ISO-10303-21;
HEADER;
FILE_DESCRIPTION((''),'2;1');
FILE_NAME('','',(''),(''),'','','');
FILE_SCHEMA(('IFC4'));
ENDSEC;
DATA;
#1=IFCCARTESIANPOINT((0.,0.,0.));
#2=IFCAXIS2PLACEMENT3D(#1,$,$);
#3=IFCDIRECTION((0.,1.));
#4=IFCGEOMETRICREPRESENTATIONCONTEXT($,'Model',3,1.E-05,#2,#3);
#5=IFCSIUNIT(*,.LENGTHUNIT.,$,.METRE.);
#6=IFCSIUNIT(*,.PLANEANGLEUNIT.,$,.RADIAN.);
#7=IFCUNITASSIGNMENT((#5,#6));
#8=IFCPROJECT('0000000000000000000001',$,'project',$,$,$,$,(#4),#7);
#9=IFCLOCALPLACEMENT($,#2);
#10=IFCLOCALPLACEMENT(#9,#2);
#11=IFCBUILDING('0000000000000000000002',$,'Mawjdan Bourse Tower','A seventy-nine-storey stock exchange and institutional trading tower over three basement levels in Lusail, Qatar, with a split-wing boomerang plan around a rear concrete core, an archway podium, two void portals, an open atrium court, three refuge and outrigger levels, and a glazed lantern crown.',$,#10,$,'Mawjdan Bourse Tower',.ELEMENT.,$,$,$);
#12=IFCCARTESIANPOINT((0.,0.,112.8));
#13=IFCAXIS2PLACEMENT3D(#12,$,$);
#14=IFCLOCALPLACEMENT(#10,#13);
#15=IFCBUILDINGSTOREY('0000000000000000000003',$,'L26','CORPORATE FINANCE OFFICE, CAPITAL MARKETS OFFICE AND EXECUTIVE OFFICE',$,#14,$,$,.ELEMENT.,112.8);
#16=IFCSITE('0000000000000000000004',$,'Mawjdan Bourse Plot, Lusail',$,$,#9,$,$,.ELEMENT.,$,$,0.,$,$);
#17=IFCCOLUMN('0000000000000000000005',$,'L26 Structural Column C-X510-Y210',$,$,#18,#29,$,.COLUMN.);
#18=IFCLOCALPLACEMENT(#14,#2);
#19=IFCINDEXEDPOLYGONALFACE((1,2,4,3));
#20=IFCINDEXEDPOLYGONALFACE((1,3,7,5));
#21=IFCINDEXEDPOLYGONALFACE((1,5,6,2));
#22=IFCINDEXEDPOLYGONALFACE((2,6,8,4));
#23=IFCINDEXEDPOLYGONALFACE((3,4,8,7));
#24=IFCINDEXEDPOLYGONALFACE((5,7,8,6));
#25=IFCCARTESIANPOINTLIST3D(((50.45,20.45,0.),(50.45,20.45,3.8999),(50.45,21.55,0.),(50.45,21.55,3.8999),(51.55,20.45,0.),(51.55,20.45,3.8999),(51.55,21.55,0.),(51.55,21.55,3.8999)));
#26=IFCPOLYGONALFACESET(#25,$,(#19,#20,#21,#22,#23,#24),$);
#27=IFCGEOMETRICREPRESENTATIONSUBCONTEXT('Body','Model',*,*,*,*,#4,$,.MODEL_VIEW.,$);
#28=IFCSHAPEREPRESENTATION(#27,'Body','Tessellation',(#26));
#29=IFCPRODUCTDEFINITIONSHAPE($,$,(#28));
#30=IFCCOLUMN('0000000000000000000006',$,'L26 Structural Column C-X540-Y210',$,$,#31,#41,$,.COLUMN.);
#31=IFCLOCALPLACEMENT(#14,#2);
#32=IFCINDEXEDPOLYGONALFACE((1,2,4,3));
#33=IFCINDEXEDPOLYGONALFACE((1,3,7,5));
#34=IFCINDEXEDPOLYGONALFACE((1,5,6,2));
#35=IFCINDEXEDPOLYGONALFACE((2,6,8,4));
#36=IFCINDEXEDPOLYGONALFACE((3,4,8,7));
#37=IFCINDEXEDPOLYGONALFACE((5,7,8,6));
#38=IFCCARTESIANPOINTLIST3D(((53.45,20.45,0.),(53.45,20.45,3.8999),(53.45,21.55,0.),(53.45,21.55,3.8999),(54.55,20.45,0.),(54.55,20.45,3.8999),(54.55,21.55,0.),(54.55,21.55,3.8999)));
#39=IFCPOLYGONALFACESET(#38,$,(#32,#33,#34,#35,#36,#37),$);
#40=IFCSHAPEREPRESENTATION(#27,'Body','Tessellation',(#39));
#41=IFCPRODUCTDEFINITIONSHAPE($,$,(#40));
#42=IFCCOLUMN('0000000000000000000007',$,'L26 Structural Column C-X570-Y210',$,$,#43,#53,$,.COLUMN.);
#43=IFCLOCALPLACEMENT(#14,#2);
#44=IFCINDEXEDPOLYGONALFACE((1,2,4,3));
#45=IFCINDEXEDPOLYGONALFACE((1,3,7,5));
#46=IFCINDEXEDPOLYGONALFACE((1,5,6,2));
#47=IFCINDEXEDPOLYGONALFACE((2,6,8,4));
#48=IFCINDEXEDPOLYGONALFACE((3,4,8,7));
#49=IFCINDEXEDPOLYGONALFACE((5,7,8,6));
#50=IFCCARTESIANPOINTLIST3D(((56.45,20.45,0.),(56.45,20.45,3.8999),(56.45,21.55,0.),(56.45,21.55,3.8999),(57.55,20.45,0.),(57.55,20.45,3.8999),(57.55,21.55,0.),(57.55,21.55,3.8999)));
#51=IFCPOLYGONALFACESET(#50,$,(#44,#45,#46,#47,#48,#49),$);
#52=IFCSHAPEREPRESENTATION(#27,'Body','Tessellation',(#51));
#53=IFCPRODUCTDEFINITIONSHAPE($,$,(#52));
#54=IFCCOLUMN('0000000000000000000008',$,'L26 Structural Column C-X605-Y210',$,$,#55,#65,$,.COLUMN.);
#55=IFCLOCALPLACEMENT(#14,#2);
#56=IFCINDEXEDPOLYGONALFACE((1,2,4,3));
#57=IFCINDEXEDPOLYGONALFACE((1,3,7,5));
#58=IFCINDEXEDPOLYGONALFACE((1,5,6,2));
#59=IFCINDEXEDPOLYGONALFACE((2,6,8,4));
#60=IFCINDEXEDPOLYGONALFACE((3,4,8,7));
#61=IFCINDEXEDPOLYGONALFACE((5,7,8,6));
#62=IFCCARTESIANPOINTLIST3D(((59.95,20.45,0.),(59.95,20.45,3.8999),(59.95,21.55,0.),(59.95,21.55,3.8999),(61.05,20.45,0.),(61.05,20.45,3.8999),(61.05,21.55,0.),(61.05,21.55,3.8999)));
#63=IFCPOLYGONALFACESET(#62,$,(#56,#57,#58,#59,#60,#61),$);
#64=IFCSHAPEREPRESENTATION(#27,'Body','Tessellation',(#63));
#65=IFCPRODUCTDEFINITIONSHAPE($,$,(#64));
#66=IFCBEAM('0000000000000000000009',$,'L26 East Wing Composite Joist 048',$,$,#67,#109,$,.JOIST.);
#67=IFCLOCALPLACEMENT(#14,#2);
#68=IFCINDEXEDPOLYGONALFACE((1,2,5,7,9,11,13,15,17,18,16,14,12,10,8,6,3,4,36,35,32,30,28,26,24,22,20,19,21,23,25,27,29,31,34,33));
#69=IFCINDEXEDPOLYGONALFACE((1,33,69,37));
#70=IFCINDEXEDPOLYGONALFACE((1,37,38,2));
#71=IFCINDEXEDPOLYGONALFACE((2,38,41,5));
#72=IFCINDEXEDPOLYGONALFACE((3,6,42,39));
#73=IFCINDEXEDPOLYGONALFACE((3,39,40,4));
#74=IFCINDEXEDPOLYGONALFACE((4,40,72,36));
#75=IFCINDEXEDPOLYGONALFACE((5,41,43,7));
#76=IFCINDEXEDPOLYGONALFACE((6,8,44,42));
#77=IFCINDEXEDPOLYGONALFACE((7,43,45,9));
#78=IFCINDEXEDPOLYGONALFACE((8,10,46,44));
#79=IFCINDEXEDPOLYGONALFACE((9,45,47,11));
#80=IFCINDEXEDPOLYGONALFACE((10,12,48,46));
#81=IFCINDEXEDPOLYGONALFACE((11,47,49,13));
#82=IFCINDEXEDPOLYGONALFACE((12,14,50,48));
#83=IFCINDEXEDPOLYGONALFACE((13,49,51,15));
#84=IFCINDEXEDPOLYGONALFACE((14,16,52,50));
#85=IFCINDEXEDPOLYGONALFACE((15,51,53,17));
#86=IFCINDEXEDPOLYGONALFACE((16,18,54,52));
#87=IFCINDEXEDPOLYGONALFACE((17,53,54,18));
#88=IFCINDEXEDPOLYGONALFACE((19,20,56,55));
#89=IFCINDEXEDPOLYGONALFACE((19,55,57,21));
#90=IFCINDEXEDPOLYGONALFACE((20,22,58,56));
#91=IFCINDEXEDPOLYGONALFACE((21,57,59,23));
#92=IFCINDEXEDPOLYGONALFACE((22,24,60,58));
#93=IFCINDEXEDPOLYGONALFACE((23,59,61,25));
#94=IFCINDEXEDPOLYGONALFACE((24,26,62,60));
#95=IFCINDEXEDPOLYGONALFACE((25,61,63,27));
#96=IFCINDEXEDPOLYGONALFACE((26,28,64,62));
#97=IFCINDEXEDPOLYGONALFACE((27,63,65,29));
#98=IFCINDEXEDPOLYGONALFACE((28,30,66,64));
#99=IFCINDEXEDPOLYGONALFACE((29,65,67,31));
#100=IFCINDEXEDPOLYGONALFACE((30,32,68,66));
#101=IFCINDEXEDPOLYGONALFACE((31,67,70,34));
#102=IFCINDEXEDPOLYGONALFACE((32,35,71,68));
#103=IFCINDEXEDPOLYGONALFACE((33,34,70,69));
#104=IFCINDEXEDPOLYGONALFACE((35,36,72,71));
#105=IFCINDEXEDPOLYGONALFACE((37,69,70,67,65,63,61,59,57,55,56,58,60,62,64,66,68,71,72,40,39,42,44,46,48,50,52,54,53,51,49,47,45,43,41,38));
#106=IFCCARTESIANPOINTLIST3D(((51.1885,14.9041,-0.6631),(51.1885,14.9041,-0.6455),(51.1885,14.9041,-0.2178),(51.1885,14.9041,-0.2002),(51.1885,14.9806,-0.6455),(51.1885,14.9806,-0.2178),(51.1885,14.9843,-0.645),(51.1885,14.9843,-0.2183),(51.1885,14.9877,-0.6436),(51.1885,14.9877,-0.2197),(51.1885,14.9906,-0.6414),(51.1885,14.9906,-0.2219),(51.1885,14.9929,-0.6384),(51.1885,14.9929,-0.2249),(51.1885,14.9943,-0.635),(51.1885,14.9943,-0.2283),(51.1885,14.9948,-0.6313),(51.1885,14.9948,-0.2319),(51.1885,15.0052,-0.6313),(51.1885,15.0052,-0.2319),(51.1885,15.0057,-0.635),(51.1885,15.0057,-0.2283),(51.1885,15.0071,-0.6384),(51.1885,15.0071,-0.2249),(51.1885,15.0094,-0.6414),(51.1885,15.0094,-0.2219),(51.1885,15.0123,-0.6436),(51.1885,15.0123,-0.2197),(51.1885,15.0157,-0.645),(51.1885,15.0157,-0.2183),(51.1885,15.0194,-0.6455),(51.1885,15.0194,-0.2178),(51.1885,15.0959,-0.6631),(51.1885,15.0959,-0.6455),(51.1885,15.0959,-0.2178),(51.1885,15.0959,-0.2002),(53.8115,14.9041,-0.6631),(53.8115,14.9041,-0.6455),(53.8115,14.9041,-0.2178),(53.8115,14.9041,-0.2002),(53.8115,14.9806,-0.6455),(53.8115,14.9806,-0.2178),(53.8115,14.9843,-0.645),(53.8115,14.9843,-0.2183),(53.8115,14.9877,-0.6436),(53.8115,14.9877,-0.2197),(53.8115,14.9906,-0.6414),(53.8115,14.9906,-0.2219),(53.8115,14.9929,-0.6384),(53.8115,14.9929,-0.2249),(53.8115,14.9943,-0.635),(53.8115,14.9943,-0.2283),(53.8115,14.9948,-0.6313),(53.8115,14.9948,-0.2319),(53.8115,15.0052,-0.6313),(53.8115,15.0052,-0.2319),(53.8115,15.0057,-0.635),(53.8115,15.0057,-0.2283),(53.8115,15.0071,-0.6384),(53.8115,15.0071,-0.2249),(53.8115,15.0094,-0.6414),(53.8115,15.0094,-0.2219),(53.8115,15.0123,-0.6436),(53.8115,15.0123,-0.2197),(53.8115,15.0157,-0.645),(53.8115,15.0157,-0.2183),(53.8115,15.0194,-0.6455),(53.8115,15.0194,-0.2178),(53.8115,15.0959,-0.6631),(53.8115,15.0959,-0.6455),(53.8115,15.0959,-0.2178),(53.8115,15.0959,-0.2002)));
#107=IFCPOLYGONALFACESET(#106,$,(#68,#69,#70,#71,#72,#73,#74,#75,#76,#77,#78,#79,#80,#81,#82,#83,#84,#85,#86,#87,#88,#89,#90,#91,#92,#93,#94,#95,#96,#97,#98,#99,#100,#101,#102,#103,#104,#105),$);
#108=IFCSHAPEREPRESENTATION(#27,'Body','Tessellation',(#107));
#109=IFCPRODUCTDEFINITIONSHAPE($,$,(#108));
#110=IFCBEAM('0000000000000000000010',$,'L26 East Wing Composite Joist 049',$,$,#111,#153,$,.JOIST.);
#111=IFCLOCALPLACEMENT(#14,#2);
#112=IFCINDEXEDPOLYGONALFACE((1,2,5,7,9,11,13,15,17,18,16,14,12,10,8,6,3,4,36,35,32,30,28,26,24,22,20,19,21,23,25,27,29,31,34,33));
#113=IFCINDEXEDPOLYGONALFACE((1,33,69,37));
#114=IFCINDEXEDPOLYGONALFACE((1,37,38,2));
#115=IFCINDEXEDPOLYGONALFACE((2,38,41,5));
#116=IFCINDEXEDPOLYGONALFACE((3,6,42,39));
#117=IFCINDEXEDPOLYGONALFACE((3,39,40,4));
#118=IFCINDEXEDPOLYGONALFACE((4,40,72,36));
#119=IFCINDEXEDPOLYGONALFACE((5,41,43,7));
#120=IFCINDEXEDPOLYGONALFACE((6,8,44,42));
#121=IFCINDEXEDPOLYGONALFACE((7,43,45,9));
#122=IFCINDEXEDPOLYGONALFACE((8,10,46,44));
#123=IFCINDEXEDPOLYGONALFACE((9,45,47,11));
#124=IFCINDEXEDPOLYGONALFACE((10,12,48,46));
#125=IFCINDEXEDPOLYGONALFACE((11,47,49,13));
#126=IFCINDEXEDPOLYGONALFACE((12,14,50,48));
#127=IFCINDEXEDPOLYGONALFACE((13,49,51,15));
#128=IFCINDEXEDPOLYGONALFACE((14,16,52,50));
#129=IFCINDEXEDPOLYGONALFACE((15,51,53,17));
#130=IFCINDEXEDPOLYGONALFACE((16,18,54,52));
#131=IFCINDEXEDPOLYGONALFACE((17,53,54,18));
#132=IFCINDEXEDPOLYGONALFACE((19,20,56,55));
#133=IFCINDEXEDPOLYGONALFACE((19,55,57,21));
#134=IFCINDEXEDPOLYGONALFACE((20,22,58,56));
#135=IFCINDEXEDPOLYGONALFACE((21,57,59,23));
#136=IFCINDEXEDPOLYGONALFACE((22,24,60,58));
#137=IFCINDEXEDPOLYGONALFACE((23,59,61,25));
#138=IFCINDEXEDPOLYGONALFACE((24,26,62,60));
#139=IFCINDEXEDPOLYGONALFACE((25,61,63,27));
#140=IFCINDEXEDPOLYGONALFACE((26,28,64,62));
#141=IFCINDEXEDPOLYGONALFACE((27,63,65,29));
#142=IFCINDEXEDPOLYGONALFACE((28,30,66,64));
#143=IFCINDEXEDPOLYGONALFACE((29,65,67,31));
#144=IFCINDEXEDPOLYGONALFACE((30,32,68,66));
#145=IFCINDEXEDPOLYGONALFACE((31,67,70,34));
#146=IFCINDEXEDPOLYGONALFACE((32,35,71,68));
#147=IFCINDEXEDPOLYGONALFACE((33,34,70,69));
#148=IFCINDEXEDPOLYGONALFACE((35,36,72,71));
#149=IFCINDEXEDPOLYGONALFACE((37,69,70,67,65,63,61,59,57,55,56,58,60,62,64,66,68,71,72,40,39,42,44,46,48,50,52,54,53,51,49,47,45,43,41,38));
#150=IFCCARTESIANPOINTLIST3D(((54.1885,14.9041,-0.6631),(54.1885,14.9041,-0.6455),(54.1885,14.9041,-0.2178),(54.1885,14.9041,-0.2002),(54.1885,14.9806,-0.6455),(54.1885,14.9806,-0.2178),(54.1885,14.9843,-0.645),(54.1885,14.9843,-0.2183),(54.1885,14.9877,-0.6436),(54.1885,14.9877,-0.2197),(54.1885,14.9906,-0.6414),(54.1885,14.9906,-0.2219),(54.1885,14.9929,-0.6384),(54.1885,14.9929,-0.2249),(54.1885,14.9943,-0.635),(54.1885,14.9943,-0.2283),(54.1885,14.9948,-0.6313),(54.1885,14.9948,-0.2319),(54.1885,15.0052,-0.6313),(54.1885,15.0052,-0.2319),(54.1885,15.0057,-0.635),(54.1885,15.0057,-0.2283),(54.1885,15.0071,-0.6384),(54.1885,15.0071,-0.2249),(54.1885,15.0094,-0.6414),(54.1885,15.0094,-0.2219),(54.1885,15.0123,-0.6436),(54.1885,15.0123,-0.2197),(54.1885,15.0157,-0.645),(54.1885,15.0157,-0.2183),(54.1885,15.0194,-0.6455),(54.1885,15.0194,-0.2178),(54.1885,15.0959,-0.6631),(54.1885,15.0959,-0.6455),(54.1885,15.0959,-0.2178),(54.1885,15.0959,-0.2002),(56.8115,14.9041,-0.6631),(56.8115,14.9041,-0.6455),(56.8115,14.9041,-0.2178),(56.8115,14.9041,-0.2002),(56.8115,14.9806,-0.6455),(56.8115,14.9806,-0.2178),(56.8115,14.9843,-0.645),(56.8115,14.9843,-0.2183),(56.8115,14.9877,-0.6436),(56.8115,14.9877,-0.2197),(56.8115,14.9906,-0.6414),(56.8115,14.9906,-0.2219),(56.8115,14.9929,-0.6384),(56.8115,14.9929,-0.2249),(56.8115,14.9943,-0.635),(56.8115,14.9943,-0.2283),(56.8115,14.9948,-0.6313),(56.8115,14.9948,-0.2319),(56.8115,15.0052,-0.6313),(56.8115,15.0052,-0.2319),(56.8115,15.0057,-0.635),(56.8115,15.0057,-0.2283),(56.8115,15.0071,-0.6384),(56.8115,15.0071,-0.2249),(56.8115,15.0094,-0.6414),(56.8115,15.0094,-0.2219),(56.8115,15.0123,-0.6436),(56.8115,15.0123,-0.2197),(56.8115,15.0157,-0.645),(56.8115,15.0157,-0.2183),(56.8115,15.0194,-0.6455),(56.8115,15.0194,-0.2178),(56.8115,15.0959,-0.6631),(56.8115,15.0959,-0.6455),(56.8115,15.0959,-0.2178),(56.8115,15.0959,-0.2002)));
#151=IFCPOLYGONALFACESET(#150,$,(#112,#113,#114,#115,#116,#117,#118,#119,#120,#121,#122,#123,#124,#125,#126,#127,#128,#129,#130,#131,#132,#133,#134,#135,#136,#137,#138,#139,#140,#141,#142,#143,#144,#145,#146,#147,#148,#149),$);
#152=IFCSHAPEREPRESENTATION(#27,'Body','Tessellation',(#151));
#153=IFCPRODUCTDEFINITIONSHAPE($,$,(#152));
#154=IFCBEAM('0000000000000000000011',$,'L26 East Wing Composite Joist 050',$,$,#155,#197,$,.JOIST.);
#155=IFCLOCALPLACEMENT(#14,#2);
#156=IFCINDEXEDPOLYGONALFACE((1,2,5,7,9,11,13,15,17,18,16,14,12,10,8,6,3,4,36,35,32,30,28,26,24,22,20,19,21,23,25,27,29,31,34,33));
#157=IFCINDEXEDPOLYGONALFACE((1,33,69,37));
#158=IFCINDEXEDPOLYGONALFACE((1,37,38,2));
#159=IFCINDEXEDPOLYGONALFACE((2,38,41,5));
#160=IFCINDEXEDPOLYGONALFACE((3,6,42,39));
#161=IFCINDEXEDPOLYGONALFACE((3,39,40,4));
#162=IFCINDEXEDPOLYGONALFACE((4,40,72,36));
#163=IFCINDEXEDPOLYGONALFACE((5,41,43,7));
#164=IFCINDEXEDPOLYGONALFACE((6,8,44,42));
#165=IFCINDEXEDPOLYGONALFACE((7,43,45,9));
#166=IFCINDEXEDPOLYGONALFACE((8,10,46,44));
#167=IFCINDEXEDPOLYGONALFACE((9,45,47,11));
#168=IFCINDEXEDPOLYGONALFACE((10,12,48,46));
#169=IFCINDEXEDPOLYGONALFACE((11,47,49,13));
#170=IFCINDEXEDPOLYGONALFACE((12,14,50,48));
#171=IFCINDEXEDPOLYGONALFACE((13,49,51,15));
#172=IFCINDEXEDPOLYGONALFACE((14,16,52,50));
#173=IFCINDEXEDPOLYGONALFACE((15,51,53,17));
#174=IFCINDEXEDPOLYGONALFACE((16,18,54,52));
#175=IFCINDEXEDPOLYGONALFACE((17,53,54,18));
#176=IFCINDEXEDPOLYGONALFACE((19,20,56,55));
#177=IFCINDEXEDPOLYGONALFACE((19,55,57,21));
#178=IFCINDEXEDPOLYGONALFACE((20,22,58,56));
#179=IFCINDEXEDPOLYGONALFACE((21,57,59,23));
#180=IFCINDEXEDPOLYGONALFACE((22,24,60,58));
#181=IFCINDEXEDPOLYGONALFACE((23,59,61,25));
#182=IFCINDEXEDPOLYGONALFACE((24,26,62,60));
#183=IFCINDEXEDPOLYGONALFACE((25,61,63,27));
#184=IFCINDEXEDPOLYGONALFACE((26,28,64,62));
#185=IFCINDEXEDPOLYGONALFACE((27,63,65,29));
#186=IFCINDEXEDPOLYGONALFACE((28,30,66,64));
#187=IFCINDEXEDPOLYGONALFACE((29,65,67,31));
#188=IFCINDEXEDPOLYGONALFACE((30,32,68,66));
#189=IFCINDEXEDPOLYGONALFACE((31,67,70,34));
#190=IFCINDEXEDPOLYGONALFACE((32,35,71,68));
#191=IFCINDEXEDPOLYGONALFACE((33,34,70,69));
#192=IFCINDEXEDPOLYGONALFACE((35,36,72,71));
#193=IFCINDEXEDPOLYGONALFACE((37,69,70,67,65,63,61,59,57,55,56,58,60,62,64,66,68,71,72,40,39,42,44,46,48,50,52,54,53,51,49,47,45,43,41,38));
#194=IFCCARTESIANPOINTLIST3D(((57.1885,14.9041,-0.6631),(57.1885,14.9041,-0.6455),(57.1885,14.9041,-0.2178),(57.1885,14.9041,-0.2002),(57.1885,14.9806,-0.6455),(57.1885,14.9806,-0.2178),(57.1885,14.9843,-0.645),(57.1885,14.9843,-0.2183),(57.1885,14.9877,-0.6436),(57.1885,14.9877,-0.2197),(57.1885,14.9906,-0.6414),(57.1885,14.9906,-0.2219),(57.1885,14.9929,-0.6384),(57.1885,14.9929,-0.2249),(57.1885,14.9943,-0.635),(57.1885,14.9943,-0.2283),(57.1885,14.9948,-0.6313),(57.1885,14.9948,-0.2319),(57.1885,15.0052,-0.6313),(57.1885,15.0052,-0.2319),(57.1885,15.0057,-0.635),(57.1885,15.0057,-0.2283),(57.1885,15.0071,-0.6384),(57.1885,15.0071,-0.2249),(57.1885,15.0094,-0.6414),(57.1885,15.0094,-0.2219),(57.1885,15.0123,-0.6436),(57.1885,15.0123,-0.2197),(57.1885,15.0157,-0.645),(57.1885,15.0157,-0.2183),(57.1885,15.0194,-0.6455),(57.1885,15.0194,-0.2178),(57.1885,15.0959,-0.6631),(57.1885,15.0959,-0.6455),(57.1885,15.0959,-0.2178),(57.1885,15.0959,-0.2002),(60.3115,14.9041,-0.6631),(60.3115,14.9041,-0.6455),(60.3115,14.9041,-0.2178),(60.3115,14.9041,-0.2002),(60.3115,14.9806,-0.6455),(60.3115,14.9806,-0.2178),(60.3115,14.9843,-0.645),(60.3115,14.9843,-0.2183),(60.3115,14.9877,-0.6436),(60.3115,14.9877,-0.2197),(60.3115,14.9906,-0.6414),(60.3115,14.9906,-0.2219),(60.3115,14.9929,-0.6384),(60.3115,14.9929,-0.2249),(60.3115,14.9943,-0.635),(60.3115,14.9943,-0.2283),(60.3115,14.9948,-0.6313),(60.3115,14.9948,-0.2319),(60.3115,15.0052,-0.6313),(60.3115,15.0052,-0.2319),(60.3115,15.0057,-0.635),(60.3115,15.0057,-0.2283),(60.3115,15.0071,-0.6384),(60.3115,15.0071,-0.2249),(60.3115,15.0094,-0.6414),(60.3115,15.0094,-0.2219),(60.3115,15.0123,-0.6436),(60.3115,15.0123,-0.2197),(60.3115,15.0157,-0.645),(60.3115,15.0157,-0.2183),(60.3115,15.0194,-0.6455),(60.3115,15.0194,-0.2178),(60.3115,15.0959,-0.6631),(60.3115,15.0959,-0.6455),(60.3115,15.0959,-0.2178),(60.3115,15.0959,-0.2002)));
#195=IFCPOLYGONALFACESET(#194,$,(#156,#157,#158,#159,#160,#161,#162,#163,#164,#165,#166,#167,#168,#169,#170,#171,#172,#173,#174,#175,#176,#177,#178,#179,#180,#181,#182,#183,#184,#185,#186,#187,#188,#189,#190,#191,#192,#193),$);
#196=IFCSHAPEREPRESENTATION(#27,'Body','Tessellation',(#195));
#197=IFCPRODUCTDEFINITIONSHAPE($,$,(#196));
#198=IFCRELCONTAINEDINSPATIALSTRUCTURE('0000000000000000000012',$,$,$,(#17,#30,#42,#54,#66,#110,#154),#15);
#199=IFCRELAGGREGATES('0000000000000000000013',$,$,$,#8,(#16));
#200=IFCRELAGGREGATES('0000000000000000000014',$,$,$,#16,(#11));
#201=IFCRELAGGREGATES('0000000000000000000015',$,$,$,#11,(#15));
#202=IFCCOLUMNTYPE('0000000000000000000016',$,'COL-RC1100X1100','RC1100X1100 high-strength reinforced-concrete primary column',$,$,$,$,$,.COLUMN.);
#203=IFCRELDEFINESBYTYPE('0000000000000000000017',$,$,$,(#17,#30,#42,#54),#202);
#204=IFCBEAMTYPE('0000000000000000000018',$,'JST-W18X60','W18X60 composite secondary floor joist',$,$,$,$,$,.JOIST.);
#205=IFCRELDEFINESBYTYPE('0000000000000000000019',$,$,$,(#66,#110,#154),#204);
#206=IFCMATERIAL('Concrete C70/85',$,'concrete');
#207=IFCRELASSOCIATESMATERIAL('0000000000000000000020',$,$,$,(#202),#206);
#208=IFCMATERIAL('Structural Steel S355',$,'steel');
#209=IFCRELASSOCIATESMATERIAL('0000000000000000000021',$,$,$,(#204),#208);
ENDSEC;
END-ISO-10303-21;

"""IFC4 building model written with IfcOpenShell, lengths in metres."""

from ifc_helpers import new_model, si_unit, direction, frame, origin, origin_2d, place, context, subcontext, project, spatial, rectangle, i_section, extrude, material, material_profile, profile_set, type_object, element, save


model = new_model("IFC4")

# Units and contexts
model_context = context("Model", 3, precision=1e-05, world=origin(), true_north=direction((0.0, 1.0)))
body_context = subcontext(model_context, "Body", "Model", "MODEL_VIEW")
ifc_project = project(units=[si_unit("LENGTHUNIT", "METRE"), si_unit("PLANEANGLEUNIT", "RADIAN")], contexts=[model_context])

# Site, building, storey
site_placement = place(None, origin())
site = spatial("IfcSite", under=ifc_project, at=site_placement, Name="Mawjdan Bourse Plot, Lusail", CompositionType="ELEMENT", RefElevation=0.0)
building_placement = place(site_placement, origin())
building = spatial("IfcBuilding", under=site, at=building_placement, Name="Mawjdan Bourse Tower", Description="A seventy-nine-storey stock exchange and institutional trading tower over three basement levels in Lusail, Qatar, with a split-wing boomerang plan around a rear concrete core, an archway podium, two void portals, an open atrium court, three refuge and outrigger levels, and a glazed lantern crown.", LongName="Mawjdan Bourse Tower", CompositionType="ELEMENT")
storey_placement = place(building_placement, frame((0.0, 0.0, 112.8)))
storey = spatial("IfcBuildingStorey", under=building, at=storey_placement, Name="L26", Description="CORPORATE FINANCE OFFICE, CAPITAL MARKETS OFFICE AND EXECUTIVE OFFICE", CompositionType="ELEMENT", Elevation=112.8)

# Columns
ifc_material_1 = material(Name="Concrete C70/85", Category="concrete")
ifc_material_profile_1 = material_profile(ifc_material_1, rectangle(XDim=1.1001, YDim=1.1001, at=origin_2d()), Name="RC1100X1100")
ifc_profile_set_1 = profile_set([ifc_material_profile_1], Name="Concrete C70/85")
column_type = type_object("IfcColumnType", Name="COL-RC1100X1100", Description="RC1100X1100 high-strength reinforced-concrete primary column", PredefinedType="COLUMN", material=ifc_profile_set_1)
for number, where, z_axis, x_axis, name in (
    (1, (51.0, 21.0, 0.0), (0.0, 0.0, 1.0), (1.0, 0.0, 0.0), "L26 Structural Column C-X510-Y210"),
    (2, (54.0, 21.0, 0.0), (0.0, 0.0, 1.0), (1.0, 0.0, 0.0), "L26 Structural Column C-X540-Y210"),
    (3, (57.0, 21.0, 0.0), (0.0, 0.0, 1.0), (1.0, 0.0, 0.0), "L26 Structural Column C-X570-Y210"),
    (4, (60.5, 21.0, 0.0), (0.0, 0.0, 1.0), (1.0, 0.0, 0.0), "L26 Structural Column C-X605-Y210"),
):
    element("IfcColumn", number, at=place(storey_placement, frame(where, z_axis=z_axis, x_axis=x_axis)), inside=storey, type_object=column_type, Name=name, PredefinedType="COLUMN", context=body_context, shape_type="SweptSolid", body=[
        extrude(rectangle(XDim=1.1001, YDim=1.1001, at=origin_2d()), origin(), (0.0, 0.0, 1.0), 3.8999),
    ])

# Beams
ifc_material_2 = material(Name="Structural Steel S355", Category="steel")
ifc_material_profile_2 = material_profile(ifc_material_2, i_section(OverallWidth=0.1919, OverallDepth=0.4629, WebThickness=0.0105, FlangeThickness=0.0176, FilletRadius=0.0142, at=origin_2d()), Name="W18X60")
ifc_profile_set_2 = profile_set([ifc_material_profile_2], Name="Structural Steel S355")
beam_type_1 = type_object("IfcBeamType", Name="JST-W18X60", Description="W18X60 composite secondary floor joist", PredefinedType="JOIST", material=ifc_profile_set_2)
for number, where, z_axis, x_axis, name in (
    (5, (51.1885, 15.0, -0.4316), (1.0, 0.0, 0.0), (0.0, 1.0, 0.0), "L26 East Wing Composite Joist 048"),
    (6, (54.1885, 15.0, -0.4316), (1.0, 0.0, 0.0), (0.0, 1.0, 0.0), "L26 East Wing Composite Joist 049"),
):
    element("IfcBeam", number, at=place(storey_placement, frame(where, z_axis=z_axis, x_axis=x_axis)), inside=storey, type_object=beam_type_1, Name=name, PredefinedType="JOIST", context=body_context, shape_type="SweptSolid", body=[
        extrude(i_section(OverallWidth=0.1919, OverallDepth=0.4629, WebThickness=0.0105, FlangeThickness=0.0176, FilletRadius=0.0142, at=origin_2d()), origin(), (0.0, 0.0, 1.0), 2.623),
    ])
beam_1_placement = place(storey_placement, frame((57.1885, 15.0, -0.4316), z_axis=(1.0, 0.0, 0.0), x_axis=(0.0, 1.0, 0.0)))
element("IfcBeam", 7, at=beam_1_placement, inside=storey, type_object=beam_type_1, Name="L26 East Wing Composite Joist 050", PredefinedType="JOIST", context=body_context, shape_type="SweptSolid", body=[
    extrude(i_section(OverallWidth=0.1919, OverallDepth=0.4629, WebThickness=0.0105, FlangeThickness=0.0176, FilletRadius=0.0142, at=origin_2d()), origin(), (0.0, 0.0, 1.0), 3.123),
])

save(model, "model.ifc")
